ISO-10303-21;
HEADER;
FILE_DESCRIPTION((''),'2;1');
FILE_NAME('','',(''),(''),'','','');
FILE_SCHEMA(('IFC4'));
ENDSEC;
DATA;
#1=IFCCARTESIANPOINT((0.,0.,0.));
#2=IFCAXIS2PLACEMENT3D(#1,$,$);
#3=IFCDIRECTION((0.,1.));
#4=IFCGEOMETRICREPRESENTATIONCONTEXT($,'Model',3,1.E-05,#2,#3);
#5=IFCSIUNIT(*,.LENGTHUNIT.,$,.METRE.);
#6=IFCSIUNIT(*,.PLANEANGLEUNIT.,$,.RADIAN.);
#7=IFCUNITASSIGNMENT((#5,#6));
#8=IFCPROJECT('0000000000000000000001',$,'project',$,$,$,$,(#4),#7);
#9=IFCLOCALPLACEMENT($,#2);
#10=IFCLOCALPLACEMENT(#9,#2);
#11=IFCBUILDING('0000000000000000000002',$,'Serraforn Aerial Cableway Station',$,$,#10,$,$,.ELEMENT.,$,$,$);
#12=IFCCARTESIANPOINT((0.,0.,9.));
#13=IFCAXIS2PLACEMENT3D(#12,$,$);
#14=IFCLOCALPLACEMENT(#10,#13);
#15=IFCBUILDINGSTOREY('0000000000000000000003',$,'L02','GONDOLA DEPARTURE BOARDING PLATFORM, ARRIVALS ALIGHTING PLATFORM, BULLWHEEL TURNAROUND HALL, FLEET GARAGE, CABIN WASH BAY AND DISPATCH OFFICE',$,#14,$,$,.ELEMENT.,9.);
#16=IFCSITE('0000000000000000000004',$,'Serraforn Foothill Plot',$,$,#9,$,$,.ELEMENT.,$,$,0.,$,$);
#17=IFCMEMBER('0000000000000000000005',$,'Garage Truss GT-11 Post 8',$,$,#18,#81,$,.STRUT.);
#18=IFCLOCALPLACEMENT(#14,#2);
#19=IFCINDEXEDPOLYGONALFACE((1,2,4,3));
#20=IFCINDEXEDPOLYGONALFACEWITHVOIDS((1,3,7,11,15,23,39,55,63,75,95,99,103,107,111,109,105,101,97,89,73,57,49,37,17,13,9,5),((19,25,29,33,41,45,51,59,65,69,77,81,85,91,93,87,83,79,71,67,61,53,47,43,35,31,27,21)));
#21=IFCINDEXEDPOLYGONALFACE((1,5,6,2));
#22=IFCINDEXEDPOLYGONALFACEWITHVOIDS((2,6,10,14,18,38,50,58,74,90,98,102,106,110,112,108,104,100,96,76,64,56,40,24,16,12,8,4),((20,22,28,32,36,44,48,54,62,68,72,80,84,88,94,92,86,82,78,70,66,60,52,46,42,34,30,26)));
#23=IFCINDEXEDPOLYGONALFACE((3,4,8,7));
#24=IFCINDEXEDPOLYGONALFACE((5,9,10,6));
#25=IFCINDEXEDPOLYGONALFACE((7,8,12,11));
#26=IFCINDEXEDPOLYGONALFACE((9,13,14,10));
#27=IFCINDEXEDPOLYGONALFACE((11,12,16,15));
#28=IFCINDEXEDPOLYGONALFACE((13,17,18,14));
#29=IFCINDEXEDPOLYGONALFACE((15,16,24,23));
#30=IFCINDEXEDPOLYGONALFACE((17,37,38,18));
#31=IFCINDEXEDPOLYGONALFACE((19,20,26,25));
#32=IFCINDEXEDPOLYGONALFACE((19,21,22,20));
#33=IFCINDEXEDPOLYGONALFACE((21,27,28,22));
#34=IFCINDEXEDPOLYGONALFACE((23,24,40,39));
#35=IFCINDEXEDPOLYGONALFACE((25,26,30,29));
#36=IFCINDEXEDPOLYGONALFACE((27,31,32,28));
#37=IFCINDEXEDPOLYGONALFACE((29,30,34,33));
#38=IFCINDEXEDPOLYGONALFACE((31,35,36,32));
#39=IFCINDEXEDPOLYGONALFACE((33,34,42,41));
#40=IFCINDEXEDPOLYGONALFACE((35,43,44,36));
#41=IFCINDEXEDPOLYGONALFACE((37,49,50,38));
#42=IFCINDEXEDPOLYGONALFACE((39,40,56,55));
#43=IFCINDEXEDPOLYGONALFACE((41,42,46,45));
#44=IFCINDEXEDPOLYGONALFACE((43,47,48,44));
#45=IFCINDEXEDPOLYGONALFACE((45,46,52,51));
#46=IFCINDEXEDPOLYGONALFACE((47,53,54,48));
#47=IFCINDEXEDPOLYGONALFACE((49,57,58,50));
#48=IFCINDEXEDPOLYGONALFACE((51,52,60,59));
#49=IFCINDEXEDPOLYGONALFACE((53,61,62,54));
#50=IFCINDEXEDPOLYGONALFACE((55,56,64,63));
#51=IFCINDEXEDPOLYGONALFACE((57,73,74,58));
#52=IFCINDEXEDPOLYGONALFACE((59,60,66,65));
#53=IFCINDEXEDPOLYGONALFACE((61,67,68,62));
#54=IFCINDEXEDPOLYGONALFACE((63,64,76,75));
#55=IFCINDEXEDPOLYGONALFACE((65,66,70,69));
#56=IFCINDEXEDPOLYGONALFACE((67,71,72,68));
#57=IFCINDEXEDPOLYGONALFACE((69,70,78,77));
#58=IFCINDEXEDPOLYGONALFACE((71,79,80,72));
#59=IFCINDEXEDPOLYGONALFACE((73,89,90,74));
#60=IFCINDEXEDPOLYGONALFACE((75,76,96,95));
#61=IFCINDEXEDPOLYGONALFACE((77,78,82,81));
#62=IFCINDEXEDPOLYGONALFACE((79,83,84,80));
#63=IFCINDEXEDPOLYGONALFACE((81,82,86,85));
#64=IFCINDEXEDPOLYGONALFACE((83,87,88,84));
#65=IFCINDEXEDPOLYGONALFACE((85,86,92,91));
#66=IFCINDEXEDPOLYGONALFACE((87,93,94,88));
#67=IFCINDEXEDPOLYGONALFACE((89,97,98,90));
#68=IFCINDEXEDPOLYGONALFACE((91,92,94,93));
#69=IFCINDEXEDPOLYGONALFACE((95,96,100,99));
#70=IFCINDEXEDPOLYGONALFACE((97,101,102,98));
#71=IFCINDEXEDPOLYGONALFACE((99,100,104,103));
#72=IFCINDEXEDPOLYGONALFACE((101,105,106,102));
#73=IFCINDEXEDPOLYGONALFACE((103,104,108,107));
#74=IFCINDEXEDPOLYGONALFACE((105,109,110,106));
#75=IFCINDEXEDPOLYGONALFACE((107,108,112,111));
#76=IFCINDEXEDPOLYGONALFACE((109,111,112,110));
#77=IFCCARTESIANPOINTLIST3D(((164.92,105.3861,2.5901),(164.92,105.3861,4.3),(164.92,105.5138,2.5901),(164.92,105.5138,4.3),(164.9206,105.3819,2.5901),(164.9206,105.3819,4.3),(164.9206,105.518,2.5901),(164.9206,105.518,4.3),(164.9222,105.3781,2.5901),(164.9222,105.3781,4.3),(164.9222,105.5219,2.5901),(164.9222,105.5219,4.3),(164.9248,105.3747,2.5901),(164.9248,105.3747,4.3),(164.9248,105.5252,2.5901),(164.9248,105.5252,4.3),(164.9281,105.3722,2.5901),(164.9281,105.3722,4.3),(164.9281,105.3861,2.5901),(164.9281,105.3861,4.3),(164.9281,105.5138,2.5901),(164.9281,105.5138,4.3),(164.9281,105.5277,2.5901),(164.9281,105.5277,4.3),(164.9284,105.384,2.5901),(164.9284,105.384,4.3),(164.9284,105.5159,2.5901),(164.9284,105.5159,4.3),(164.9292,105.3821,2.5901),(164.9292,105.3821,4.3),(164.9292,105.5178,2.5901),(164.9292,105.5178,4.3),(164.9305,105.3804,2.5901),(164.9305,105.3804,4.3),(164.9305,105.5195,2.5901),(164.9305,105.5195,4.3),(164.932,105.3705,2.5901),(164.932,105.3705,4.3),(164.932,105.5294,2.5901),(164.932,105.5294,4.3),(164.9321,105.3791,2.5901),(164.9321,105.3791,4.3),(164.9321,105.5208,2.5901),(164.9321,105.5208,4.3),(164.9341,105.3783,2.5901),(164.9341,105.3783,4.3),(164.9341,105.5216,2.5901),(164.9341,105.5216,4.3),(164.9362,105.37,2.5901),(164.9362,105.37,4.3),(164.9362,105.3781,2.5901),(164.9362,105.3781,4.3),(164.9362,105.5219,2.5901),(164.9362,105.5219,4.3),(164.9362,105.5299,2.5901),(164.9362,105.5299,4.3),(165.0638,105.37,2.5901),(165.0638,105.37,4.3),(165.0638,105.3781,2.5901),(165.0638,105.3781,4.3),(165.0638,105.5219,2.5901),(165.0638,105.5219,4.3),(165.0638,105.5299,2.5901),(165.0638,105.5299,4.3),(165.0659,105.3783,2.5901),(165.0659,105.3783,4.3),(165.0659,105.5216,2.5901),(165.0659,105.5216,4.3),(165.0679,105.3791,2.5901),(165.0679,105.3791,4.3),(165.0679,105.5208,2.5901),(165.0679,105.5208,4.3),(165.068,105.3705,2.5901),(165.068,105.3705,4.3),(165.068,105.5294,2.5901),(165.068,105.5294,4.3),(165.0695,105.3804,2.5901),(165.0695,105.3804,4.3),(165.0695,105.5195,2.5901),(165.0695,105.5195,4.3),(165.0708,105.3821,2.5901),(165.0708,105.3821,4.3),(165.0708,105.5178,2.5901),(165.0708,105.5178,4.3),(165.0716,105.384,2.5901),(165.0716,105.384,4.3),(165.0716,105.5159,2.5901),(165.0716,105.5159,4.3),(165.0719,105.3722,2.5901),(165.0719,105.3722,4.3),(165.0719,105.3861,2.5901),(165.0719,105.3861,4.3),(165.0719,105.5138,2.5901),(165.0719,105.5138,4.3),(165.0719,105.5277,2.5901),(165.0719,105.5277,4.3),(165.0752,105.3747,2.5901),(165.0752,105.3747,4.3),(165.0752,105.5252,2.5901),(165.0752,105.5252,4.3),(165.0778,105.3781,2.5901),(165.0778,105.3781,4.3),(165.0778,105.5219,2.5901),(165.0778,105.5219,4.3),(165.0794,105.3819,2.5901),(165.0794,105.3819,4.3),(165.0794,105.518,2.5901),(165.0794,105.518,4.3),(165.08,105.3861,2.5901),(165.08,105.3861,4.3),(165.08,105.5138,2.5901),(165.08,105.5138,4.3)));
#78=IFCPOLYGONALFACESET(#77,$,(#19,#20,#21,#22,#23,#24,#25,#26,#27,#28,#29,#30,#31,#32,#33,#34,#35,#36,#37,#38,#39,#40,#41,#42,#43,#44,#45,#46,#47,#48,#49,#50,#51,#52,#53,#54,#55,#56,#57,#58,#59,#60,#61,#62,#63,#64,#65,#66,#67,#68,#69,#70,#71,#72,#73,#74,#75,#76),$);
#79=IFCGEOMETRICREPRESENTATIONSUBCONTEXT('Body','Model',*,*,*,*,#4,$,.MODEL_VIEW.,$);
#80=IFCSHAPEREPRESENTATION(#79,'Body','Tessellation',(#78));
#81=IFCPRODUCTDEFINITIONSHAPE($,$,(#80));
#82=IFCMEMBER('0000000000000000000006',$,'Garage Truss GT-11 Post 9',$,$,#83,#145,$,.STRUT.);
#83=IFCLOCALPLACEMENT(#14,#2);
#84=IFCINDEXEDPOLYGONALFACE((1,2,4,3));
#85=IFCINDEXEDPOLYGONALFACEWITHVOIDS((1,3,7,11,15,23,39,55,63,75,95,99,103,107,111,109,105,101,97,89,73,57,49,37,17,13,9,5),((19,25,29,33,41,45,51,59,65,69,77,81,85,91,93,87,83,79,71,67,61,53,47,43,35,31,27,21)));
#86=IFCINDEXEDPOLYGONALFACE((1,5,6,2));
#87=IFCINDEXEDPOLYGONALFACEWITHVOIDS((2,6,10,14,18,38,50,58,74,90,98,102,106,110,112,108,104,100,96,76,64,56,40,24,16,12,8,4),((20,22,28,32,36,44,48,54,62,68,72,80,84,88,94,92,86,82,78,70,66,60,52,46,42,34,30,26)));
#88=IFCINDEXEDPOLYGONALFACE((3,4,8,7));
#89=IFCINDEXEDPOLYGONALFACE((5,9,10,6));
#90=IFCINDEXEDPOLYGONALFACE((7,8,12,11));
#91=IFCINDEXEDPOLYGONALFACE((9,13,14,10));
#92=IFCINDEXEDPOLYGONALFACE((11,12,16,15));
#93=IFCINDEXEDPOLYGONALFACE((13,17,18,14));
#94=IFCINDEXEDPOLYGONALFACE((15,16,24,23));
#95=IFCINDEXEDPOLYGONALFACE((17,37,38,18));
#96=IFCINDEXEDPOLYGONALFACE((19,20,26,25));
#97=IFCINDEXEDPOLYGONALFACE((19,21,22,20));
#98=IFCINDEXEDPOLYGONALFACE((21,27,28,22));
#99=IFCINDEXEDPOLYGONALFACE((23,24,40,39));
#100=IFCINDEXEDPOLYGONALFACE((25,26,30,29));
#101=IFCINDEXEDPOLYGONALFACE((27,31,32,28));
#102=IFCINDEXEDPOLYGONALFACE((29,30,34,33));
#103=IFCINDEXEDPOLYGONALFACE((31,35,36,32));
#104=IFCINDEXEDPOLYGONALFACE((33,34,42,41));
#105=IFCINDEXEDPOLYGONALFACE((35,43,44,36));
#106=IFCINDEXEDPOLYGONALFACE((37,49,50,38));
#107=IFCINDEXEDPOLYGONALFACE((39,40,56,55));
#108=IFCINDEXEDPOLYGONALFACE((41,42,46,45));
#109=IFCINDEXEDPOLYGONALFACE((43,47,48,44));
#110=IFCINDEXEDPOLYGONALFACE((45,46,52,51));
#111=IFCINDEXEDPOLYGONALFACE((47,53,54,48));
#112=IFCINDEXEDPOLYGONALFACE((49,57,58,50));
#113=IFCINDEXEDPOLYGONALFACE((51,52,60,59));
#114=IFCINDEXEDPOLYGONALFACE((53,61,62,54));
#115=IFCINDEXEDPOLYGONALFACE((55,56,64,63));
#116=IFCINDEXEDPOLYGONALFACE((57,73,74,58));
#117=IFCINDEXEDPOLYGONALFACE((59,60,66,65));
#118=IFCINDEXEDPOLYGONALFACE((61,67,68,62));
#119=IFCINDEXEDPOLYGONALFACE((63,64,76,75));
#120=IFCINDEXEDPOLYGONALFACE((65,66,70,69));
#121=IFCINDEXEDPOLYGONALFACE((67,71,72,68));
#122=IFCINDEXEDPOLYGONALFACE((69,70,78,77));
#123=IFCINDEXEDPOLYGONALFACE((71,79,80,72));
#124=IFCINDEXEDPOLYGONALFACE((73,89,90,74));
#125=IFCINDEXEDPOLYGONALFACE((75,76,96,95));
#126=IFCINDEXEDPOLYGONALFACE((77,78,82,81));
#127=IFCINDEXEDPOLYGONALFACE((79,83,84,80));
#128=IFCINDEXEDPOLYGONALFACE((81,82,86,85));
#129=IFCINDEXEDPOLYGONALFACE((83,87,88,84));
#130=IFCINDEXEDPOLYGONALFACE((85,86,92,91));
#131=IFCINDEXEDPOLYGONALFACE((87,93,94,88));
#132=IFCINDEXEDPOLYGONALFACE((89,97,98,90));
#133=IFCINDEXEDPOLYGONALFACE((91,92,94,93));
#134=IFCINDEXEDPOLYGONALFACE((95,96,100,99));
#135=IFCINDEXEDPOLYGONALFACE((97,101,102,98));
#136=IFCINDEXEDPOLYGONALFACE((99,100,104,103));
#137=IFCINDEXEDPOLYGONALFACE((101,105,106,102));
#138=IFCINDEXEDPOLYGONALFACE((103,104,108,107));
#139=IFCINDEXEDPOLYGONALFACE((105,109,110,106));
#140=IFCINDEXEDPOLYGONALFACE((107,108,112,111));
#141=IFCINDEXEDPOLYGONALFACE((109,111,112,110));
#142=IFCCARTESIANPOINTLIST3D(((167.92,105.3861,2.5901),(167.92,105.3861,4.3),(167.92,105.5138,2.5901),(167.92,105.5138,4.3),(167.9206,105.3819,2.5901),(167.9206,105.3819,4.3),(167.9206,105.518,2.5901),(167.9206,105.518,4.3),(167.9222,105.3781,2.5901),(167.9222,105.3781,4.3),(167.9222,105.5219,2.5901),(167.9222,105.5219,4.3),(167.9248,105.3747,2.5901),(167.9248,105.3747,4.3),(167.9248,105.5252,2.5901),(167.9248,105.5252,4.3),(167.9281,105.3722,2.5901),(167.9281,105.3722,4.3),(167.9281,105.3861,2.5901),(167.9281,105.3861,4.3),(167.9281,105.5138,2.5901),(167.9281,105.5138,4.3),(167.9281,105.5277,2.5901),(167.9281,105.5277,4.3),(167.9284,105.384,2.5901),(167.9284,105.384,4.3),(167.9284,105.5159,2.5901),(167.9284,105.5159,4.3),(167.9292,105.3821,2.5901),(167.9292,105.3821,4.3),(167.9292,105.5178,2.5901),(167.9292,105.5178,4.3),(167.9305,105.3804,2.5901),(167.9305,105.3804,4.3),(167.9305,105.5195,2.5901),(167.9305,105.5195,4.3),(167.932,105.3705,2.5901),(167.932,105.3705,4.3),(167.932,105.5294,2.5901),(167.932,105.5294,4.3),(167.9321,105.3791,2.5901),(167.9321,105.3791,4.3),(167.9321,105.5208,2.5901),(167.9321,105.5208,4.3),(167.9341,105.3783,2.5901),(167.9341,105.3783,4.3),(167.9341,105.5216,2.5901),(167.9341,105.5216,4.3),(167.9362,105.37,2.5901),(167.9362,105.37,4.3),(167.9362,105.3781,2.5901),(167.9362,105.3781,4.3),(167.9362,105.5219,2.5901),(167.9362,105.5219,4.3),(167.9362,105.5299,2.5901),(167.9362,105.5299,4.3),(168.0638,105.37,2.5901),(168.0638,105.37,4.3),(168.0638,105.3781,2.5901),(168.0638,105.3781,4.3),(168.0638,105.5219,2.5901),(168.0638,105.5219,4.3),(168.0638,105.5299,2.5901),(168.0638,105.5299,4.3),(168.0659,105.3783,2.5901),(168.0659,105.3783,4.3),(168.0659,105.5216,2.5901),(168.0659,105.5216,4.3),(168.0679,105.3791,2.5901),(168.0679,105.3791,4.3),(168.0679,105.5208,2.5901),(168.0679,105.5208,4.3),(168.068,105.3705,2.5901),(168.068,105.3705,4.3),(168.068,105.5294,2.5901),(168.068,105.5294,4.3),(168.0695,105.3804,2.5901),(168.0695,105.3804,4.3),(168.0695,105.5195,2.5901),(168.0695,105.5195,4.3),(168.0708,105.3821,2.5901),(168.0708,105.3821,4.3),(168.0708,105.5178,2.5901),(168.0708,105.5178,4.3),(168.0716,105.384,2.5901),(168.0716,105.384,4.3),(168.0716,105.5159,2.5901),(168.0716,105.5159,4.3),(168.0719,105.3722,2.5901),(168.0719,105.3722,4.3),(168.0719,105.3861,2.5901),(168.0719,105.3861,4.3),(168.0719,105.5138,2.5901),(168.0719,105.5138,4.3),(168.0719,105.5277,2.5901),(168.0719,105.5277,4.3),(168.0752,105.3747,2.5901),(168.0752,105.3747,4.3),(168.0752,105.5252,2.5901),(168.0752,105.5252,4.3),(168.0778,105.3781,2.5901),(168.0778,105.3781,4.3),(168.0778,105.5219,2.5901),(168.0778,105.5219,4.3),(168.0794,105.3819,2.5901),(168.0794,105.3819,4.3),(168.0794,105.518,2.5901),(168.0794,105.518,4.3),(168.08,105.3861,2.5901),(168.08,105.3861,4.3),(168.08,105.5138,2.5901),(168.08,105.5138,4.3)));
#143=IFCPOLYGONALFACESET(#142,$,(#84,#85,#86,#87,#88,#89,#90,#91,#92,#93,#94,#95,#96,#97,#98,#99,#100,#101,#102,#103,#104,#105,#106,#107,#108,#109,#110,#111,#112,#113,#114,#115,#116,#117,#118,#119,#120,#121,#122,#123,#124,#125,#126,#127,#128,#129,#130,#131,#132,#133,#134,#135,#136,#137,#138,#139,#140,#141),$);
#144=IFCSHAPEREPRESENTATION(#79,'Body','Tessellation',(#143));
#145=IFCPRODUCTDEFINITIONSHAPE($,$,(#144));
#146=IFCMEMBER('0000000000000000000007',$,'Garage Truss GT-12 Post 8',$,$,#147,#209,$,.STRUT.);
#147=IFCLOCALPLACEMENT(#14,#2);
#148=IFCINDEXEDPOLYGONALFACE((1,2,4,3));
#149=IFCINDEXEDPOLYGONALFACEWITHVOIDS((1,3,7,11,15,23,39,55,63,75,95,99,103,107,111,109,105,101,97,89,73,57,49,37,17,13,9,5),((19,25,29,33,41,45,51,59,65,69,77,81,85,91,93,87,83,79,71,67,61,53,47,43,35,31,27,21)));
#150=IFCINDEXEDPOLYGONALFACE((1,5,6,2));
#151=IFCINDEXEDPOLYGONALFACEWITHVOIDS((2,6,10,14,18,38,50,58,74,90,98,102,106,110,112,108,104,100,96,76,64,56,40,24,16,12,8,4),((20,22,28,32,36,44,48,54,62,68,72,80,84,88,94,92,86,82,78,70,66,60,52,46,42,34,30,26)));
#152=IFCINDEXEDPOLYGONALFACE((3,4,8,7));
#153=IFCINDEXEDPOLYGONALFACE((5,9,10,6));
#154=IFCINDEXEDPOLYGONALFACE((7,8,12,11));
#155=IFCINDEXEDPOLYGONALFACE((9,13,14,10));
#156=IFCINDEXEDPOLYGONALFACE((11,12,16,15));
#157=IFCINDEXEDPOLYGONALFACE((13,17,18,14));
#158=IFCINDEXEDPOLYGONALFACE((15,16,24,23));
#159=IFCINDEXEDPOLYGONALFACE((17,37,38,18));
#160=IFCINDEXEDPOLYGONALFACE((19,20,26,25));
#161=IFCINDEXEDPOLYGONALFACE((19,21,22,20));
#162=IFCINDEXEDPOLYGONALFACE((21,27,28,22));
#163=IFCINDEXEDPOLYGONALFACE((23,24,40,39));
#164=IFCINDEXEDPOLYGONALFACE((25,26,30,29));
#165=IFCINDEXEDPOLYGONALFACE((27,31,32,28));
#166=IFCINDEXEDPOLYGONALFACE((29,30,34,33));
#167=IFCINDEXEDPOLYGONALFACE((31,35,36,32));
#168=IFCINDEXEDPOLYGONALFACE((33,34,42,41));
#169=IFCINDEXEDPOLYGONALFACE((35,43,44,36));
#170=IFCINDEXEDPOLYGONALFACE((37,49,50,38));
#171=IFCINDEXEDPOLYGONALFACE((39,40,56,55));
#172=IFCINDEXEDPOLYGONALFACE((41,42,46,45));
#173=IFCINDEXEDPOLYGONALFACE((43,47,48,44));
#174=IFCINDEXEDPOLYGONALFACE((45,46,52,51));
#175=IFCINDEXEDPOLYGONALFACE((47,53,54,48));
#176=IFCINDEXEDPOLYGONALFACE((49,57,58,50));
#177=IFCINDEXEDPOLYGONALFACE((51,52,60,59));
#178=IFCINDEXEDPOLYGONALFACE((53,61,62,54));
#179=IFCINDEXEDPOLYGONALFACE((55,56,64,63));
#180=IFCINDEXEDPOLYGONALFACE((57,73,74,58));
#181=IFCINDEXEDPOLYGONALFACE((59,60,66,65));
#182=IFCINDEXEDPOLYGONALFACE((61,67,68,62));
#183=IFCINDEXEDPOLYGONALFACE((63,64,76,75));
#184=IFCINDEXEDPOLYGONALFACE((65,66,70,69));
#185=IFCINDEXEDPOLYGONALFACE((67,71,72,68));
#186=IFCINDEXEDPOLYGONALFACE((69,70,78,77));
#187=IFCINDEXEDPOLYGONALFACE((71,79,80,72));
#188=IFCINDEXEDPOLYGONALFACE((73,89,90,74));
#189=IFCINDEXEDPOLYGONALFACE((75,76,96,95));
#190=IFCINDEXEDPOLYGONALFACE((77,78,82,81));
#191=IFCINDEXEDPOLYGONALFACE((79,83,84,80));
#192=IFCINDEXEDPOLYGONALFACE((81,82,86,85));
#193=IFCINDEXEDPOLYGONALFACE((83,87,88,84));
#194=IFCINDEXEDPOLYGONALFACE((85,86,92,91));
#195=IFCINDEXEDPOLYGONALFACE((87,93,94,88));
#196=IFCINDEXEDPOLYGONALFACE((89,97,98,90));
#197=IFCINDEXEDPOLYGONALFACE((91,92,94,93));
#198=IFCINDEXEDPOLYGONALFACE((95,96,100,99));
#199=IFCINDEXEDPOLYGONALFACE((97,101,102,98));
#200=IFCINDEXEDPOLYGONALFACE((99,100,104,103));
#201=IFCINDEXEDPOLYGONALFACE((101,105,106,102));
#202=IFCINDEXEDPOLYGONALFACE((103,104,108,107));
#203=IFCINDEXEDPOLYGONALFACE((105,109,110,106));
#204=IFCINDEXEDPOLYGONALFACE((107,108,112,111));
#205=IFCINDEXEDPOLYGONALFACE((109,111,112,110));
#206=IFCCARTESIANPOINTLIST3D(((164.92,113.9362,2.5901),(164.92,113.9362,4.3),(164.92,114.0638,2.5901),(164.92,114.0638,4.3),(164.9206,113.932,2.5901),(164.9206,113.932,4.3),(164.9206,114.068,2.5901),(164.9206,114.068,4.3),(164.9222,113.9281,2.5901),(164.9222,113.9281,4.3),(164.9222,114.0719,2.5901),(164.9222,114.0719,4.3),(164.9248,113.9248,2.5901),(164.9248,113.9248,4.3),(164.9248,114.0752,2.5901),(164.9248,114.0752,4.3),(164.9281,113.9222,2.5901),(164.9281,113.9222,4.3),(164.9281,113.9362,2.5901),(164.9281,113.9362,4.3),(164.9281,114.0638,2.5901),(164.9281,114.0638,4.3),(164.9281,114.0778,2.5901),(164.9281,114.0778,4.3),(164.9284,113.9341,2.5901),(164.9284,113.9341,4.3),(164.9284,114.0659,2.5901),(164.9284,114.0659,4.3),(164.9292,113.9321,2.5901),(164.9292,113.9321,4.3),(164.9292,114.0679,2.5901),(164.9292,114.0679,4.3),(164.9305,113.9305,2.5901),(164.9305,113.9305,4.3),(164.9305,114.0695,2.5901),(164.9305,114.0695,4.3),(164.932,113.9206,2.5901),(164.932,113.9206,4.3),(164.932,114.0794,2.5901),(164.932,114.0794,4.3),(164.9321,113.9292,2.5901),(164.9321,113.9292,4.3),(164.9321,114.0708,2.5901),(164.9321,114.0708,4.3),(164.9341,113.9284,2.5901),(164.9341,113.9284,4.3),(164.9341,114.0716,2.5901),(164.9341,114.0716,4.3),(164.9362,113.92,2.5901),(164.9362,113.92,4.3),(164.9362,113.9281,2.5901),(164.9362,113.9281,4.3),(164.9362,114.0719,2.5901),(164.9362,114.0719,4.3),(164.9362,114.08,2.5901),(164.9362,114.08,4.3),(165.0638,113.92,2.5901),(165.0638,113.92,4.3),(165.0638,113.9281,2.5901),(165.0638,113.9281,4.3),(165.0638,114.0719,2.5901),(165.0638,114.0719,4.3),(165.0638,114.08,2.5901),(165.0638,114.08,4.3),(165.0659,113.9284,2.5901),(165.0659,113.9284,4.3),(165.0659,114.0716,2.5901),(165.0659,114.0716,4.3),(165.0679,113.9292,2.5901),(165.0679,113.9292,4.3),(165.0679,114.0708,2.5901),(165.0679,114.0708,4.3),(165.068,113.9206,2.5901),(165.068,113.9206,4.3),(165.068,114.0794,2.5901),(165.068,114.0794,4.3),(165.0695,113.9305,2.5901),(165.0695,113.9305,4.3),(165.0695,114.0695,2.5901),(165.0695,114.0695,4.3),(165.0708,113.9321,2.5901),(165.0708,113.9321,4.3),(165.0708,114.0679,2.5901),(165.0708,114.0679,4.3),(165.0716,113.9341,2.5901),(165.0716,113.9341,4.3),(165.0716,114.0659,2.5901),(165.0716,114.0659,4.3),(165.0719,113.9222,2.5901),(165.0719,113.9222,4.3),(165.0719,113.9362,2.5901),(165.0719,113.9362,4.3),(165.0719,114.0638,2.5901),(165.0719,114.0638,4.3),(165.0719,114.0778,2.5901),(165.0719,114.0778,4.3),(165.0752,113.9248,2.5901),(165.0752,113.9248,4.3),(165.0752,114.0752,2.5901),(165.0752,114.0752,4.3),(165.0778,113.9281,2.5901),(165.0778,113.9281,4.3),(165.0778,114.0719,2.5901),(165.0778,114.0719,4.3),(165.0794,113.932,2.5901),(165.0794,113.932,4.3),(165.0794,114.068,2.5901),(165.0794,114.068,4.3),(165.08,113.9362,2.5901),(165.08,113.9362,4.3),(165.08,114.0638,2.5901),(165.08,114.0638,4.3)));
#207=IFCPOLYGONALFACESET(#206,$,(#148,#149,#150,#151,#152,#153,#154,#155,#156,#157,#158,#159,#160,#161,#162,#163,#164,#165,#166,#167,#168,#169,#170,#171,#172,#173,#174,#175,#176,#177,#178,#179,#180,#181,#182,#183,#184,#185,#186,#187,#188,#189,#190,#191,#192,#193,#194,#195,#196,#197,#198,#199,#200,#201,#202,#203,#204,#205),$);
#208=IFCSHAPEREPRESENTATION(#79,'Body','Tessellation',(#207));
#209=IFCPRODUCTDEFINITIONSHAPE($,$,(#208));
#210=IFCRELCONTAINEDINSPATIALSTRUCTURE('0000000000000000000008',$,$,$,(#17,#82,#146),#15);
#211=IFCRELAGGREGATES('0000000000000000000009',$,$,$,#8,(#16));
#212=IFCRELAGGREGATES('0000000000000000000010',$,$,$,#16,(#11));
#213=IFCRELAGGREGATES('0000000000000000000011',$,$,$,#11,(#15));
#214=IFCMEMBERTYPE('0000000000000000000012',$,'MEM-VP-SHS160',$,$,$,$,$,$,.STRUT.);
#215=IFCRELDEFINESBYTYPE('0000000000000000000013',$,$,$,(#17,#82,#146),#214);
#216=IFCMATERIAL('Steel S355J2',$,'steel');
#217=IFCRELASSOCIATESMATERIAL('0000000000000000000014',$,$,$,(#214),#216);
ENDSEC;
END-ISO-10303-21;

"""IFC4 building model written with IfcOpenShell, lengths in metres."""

from ifc_helpers import new_model, si_unit, direction, frame, origin, origin_2d, place, context, subcontext, project, spatial, hollow_rectangle, extrude, material, material_profile, profile_set, type_object, element, save


model = new_model("IFC4")

# Units and contexts
model_context = context("Model", 3, precision=1e-05, world=origin(), true_north=direction((0.0, 1.0)))
body_context = subcontext(model_context, "Body", "Model", "MODEL_VIEW")
ifc_project = project(units=[si_unit("LENGTHUNIT", "METRE"), si_unit("PLANEANGLEUNIT", "RADIAN")], contexts=[model_context])

# Site, building, storey
site_placement = place(None, origin())
site = spatial("IfcSite", under=ifc_project, at=site_placement, Name="Serraforn Foothill Plot", CompositionType="ELEMENT", RefElevation=0.0)
building_placement = place(site_placement, origin())
building = spatial("IfcBuilding", under=site, at=building_placement, Name="Serraforn Aerial Cableway Station", CompositionType="ELEMENT")
storey_placement = place(building_placement, frame((0.0, 0.0, 9.0)))
storey = spatial("IfcBuildingStorey", under=building, at=storey_placement, Name="L02", Description="GONDOLA DEPARTURE BOARDING PLATFORM, ARRIVALS ALIGHTING PLATFORM, BULLWHEEL TURNAROUND HALL, FLEET GARAGE, CABIN WASH BAY AND DISPATCH OFFICE", CompositionType="ELEMENT", Elevation=9.0)

# Shared definitions
ifc_material_1 = material(Name="Steel S355J2", Category="steel")

# Members
ifc_material_profile_1 = material_profile(ifc_material_1, hollow_rectangle(XDim=0.1599, YDim=0.1599, WallThickness=0.0081, InnerFilletRadius=0.0081, OuterFilletRadius=0.0161, at=origin_2d()), Name="SHS 160x160x8.0")
ifc_profile_set_1 = profile_set([ifc_material_profile_1], Name="Steel S355J2")
member_type_1 = type_object("IfcMemberType", Name="MEM-VP-SHS160", PredefinedType="STRUT", material=ifc_profile_set_1)
for number, where, z_axis, x_axis, name in (
    (1, (165.0, 105.45, 2.5901), (0.0, 0.0, 1.0), (1.0, 0.0, 0.0), "Garage Truss GT-11 Post 8"),
    (2, (168.0, 105.45, 2.5901), (0.0, 0.0, 1.0), (1.0, 0.0, 0.0), "Garage Truss GT-11 Post 9"),
    (3, (165.0, 114.0, 2.5901), (0.0, 0.0, 1.0), (1.0, 0.0, 0.0), "Garage Truss GT-12 Post 8"),
):
    element("IfcMember", number, at=place(storey_placement, frame(where, z_axis=z_axis, x_axis=x_axis)), inside=storey, type_object=member_type_1, Name=name, PredefinedType="STRUT", context=body_context, shape_type="SweptSolid", body=[
        extrude(hollow_rectangle(XDim=0.1599, YDim=0.1599, WallThickness=0.0081, InnerFilletRadius=0.0081, OuterFilletRadius=0.0161, at=origin_2d()), origin(), (0.0, 0.0, 1.0), 1.71),
    ])

save(model, "model.ifc")
